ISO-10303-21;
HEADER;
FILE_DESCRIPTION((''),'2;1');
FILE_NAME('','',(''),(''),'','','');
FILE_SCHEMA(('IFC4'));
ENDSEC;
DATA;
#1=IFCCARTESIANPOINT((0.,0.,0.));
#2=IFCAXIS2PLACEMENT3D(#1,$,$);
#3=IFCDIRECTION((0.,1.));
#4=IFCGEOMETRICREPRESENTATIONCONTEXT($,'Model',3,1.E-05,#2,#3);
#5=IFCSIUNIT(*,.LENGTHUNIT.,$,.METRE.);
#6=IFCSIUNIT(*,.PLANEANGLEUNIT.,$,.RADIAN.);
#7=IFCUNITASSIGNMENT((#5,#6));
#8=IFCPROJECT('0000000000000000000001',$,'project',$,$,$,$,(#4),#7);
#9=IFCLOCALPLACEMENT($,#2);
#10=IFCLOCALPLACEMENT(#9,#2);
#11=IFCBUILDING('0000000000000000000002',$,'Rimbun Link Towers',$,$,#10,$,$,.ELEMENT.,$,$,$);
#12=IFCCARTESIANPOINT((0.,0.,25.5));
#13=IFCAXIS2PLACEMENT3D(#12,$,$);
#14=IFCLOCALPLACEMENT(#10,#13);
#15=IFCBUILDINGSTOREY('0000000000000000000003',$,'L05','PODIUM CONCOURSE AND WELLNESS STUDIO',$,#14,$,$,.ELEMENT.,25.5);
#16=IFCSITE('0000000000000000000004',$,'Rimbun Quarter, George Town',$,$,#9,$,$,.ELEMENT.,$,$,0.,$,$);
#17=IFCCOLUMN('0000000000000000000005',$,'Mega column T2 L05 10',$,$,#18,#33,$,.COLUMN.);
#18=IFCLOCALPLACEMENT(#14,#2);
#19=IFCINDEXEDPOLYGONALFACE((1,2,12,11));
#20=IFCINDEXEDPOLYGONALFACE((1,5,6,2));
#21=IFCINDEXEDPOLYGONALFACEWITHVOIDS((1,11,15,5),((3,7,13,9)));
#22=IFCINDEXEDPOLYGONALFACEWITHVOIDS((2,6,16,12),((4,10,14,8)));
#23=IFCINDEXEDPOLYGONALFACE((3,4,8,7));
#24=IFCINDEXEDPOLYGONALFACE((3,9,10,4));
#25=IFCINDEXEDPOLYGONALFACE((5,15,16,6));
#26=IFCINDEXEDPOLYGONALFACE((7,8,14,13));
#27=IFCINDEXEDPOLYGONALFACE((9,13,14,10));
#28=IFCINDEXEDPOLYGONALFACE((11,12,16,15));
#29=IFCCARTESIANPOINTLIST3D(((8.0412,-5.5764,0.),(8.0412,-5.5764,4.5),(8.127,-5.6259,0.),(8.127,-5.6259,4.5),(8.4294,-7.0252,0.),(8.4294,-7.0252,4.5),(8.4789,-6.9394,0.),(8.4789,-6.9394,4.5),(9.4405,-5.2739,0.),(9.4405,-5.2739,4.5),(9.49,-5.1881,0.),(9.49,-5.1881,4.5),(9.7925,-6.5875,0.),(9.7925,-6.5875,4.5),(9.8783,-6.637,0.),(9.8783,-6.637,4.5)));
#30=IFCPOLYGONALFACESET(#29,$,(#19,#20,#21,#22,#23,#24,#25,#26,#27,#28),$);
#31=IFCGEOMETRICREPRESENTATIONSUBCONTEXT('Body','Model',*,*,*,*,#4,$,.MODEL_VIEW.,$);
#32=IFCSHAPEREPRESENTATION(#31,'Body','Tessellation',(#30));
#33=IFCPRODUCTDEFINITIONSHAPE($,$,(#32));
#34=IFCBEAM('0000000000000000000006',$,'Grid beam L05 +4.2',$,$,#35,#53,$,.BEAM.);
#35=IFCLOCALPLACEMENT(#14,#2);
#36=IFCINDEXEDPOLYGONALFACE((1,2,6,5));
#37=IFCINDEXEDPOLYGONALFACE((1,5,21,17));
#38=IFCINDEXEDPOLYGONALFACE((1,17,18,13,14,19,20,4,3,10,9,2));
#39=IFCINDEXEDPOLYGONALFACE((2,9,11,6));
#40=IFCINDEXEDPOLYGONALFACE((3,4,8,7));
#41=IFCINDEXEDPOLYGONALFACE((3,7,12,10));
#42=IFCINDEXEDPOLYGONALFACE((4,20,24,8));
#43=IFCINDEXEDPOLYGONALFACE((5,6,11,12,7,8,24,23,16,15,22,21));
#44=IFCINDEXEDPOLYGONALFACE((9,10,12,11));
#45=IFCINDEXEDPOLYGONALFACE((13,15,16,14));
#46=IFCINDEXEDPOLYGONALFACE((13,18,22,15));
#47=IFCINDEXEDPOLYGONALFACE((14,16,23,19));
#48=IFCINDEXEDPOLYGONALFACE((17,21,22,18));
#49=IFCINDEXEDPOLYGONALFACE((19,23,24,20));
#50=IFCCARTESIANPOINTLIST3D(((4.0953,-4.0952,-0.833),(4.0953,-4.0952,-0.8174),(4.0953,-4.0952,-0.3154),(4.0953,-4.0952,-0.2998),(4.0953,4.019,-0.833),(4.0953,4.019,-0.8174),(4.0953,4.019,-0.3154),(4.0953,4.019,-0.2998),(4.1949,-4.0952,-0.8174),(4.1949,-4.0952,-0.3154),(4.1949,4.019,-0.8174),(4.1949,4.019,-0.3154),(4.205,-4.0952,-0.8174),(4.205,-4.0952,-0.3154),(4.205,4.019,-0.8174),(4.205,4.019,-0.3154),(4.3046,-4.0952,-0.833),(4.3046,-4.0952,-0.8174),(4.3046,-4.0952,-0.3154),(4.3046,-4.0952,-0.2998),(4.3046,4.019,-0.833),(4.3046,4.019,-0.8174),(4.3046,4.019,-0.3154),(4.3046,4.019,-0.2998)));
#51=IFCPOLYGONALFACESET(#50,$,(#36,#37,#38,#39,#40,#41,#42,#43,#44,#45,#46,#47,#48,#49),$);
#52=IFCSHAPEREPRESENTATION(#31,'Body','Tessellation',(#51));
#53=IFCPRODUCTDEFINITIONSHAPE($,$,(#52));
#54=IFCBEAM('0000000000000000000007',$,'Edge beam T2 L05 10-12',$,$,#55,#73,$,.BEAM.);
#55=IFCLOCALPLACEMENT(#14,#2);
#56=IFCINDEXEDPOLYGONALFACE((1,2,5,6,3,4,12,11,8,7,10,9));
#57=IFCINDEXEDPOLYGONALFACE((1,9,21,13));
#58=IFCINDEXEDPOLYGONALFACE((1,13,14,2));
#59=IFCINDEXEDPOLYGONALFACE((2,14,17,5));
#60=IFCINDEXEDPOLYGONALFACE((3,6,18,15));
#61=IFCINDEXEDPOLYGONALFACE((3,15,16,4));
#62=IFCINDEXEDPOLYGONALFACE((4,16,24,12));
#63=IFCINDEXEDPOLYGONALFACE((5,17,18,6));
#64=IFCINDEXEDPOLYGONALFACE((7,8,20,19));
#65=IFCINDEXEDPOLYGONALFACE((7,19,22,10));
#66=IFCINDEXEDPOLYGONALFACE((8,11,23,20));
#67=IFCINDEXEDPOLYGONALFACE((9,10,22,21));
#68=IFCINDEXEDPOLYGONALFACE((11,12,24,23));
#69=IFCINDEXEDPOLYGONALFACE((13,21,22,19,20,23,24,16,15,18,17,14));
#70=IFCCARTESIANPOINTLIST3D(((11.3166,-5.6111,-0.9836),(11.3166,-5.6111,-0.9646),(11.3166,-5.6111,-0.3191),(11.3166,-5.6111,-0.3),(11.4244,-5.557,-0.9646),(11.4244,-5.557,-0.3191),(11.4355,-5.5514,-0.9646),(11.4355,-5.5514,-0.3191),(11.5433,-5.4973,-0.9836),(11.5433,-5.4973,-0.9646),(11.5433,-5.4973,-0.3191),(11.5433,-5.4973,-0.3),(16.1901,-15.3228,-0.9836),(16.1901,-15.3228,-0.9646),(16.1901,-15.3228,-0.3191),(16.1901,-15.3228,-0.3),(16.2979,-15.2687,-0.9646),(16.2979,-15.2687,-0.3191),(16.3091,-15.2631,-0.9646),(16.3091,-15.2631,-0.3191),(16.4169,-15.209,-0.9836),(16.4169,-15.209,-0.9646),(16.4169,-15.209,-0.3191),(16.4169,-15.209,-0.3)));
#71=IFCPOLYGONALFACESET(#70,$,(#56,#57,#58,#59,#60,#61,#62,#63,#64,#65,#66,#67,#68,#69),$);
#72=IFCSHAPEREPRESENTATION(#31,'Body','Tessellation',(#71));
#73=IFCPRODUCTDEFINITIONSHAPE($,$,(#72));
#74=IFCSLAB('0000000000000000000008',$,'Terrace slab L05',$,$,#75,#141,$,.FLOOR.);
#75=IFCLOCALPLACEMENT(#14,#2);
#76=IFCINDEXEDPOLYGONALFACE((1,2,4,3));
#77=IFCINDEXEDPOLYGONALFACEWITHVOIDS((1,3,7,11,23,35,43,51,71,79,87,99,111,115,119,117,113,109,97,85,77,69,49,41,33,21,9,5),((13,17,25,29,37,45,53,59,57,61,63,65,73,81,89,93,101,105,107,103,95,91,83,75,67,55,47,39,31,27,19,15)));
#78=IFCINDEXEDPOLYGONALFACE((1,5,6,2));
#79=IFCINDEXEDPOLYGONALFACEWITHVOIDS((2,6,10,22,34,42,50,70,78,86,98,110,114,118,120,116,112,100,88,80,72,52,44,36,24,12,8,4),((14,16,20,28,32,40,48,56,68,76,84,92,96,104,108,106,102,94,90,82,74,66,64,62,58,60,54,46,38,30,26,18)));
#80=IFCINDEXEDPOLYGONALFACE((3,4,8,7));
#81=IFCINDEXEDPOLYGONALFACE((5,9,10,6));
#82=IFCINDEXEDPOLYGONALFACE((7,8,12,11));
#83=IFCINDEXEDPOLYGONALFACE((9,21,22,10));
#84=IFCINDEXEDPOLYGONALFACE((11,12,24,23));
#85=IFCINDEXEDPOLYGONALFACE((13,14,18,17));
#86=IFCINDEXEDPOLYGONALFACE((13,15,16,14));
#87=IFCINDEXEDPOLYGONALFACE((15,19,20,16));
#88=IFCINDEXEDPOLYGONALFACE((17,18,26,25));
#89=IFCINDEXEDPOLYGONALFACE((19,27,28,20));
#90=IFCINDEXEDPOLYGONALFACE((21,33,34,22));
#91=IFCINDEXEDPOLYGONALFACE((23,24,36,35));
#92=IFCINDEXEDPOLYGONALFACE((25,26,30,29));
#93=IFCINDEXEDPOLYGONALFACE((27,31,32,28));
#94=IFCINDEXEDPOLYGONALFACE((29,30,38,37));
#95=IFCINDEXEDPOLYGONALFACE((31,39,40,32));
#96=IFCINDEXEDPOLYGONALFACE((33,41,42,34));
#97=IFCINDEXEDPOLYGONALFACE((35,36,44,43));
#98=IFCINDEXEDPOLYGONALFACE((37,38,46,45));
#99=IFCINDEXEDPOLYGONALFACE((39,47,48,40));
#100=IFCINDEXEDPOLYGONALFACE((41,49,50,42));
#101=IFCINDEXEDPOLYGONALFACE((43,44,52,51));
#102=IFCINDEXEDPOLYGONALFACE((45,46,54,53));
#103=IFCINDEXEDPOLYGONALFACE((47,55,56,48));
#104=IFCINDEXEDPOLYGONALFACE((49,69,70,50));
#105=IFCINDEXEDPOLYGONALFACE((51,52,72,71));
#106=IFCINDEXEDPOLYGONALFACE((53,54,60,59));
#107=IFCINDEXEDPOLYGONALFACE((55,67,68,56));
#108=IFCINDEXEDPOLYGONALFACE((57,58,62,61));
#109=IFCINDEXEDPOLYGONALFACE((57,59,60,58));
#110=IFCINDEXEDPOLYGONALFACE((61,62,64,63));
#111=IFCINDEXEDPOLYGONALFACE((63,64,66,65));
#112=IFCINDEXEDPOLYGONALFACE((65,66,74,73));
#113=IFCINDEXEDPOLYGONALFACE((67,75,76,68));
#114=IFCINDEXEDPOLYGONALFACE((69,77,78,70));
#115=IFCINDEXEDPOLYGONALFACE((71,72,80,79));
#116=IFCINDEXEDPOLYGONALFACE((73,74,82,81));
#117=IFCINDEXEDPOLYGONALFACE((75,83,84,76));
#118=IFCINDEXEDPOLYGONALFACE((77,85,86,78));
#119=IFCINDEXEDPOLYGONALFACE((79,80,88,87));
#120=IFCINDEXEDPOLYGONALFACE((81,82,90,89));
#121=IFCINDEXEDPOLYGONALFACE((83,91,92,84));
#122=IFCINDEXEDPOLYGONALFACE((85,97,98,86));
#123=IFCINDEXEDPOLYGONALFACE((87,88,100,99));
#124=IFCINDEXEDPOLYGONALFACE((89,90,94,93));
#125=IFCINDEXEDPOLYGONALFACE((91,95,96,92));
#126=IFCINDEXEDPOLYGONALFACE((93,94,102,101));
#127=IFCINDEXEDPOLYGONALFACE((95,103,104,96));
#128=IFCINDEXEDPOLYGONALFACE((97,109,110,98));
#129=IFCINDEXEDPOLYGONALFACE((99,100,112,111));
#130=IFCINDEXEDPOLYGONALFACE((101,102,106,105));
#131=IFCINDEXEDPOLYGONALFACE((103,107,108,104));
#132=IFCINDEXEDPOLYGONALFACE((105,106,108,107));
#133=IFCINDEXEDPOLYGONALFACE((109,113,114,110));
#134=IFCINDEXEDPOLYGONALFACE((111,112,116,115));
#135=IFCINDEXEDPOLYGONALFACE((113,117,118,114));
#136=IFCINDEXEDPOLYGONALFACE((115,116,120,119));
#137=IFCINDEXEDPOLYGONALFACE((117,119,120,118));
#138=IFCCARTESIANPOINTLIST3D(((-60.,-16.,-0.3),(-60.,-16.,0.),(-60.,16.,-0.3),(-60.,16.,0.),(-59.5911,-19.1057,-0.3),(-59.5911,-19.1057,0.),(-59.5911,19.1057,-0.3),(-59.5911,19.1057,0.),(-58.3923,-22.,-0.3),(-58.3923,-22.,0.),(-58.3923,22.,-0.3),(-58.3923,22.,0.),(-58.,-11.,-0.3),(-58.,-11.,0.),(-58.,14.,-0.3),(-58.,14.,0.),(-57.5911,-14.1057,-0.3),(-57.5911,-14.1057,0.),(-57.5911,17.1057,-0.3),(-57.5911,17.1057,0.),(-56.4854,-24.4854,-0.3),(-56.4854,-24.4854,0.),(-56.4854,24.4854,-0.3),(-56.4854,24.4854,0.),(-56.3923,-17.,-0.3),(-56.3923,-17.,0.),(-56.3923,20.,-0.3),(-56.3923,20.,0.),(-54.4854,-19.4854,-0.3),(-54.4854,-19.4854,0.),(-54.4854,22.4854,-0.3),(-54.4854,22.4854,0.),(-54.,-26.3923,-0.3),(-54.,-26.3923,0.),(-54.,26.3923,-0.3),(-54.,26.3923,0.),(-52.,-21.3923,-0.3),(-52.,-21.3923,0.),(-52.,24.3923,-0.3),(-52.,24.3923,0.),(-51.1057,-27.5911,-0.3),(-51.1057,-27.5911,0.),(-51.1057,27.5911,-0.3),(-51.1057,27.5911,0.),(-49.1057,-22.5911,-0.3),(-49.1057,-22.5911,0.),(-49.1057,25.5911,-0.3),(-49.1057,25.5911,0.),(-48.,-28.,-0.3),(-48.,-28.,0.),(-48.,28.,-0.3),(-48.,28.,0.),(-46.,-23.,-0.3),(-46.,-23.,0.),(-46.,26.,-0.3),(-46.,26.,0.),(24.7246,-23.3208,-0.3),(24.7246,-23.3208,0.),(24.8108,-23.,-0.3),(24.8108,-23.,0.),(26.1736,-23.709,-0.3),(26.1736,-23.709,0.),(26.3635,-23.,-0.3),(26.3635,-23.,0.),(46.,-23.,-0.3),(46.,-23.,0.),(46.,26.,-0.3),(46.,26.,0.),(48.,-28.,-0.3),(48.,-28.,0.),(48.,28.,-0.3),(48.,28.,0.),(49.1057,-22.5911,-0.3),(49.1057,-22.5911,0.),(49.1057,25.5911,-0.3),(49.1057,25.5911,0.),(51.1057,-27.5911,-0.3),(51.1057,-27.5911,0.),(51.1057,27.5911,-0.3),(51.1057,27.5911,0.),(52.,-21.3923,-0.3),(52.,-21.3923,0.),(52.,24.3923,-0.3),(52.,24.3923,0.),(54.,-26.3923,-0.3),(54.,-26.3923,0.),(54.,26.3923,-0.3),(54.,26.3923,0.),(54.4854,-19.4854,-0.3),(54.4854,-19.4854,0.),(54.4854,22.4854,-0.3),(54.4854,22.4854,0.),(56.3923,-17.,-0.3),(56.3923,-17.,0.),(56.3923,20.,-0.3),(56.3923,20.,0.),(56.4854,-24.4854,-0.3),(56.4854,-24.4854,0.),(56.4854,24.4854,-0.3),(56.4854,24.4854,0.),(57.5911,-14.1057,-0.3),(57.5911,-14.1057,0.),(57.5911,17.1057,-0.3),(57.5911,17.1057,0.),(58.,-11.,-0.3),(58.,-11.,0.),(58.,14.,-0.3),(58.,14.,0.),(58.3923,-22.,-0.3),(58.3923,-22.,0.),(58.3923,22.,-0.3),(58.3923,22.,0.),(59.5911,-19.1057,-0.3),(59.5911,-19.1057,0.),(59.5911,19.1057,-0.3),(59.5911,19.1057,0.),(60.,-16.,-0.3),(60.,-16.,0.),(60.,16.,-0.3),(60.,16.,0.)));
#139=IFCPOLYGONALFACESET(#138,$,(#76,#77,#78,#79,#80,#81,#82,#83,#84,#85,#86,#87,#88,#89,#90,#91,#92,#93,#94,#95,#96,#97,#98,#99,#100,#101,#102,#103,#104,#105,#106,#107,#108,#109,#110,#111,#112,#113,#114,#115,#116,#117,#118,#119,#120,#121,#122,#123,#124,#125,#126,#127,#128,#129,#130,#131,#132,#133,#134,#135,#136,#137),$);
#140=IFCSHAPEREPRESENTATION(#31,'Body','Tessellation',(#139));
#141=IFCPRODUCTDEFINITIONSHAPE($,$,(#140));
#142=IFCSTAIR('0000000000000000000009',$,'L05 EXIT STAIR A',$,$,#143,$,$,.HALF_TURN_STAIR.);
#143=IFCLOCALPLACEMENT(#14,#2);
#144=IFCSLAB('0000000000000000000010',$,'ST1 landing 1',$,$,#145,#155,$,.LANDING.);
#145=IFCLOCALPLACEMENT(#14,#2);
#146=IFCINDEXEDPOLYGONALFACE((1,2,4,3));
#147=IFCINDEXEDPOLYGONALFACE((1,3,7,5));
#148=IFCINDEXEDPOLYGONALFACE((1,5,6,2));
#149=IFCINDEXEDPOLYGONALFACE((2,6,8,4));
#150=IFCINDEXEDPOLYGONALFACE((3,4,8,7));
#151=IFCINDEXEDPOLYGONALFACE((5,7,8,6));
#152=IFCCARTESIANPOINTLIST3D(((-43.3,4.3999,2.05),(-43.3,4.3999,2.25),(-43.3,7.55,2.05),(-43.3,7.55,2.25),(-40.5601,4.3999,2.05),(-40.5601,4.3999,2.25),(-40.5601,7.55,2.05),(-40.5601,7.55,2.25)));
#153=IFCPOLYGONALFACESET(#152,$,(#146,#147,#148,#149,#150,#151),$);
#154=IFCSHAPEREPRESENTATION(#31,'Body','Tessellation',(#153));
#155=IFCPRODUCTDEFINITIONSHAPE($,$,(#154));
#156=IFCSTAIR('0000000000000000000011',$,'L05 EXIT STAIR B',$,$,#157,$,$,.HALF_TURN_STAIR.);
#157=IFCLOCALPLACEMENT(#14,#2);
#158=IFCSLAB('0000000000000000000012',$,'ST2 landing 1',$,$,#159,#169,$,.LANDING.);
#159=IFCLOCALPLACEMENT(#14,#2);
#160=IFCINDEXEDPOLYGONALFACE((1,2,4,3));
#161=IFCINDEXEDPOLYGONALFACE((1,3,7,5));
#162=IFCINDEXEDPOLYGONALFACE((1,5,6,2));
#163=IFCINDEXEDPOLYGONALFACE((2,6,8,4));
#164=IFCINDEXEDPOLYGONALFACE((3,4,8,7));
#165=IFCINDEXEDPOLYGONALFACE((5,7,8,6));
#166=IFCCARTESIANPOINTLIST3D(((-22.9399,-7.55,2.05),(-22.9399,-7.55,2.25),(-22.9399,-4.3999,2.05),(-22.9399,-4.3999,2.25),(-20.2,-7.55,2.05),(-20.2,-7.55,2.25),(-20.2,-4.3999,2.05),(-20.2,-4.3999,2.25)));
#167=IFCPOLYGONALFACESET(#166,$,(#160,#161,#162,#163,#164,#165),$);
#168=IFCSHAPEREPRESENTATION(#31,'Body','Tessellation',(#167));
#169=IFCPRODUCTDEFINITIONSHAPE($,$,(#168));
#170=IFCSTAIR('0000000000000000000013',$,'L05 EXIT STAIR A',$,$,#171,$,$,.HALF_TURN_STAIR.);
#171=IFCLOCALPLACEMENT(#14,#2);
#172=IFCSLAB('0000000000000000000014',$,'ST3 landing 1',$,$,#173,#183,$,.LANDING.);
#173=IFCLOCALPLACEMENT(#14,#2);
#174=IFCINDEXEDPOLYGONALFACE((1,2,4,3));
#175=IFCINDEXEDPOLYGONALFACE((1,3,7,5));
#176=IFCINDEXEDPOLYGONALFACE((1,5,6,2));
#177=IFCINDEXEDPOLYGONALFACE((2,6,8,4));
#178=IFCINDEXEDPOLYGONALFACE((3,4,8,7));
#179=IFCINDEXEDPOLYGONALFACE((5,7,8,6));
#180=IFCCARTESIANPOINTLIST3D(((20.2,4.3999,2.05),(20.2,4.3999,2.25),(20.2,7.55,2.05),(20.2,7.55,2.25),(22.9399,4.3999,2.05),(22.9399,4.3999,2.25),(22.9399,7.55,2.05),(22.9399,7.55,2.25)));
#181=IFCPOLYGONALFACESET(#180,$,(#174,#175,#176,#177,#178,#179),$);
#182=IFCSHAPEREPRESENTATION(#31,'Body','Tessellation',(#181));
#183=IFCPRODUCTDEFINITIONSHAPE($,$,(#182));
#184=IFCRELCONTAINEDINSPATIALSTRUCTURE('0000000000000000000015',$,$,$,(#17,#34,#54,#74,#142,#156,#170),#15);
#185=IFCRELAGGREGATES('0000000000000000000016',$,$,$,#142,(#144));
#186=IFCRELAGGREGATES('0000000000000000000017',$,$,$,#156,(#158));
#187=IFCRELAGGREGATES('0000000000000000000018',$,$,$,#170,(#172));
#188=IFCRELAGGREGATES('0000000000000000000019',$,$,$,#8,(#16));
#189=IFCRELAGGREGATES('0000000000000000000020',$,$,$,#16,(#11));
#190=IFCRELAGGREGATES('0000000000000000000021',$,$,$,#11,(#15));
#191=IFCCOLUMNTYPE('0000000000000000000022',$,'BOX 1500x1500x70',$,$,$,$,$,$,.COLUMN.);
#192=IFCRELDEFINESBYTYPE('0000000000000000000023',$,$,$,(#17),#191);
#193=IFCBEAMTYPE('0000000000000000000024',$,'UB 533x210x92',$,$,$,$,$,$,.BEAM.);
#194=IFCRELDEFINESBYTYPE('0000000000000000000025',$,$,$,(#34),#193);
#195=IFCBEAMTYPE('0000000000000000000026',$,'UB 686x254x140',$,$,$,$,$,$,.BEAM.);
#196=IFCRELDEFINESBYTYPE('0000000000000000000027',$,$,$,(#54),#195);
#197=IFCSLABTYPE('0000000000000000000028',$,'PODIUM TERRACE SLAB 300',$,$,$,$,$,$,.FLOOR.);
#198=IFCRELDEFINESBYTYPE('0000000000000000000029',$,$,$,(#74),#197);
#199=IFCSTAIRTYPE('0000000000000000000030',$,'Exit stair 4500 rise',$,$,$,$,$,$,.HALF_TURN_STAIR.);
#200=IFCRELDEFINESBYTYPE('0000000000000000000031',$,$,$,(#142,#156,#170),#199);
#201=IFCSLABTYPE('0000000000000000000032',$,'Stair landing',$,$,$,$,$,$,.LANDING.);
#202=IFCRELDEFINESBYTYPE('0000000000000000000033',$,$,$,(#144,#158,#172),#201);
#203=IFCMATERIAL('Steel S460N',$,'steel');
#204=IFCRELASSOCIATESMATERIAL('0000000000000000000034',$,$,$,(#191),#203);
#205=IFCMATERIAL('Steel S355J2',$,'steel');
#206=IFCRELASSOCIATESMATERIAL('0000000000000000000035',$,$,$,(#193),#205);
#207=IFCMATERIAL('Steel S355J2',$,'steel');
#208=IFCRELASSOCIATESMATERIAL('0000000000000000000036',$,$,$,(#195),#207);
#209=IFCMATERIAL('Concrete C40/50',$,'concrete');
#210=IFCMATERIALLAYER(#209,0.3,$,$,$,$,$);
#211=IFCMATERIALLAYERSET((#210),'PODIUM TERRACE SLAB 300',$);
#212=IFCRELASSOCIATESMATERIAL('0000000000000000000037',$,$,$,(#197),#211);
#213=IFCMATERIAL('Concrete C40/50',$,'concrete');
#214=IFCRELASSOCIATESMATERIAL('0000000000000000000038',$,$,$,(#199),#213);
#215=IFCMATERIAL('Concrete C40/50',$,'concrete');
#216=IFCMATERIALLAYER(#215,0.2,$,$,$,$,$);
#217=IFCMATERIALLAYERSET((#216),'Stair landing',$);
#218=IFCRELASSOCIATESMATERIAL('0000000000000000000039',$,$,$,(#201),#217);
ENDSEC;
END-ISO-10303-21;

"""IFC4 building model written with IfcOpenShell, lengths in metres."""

from ifc_helpers import new_model, si_unit, direction, frame, origin, origin_2d, place, context, subcontext, project, spatial, polyline, hollow_rectangle, i_section, outline, extrude, material, layer, layer_set, material_profile, profile_set, type_object, element, aggregate, save


model = new_model("IFC4")

# Units and contexts
model_context = context("Model", 3, precision=1e-05, world=origin(), true_north=direction((0.0, 1.0)))
body_context = subcontext(model_context, "Body", "Model", "MODEL_VIEW")
ifc_project = project(units=[si_unit("LENGTHUNIT", "METRE"), si_unit("PLANEANGLEUNIT", "RADIAN")], contexts=[model_context])

# Site, building, storey
site_placement = place(None, origin())
site = spatial("IfcSite", under=ifc_project, at=site_placement, Name="Rimbun Quarter, George Town", CompositionType="ELEMENT", RefElevation=0.0)
building_placement = place(site_placement, origin())
building = spatial("IfcBuilding", under=site, at=building_placement, Name="Rimbun Link Towers", CompositionType="ELEMENT")
storey_placement = place(building_placement, frame((0.0, 0.0, 25.5)))
storey = spatial("IfcBuildingStorey", under=building, at=storey_placement, Name="L05", Description="PODIUM CONCOURSE AND WELLNESS STUDIO", CompositionType="ELEMENT", Elevation=25.5)

# Column
ifc_material_1 = material(Name="Steel S460N", Category="steel")
ifc_material_profile_1 = material_profile(ifc_material_1, hollow_rectangle(XDim=1.5, YDim=1.5, WallThickness=0.0701, at=origin_2d()), Name="BOX 1500x1500x70")
ifc_profile_set_1 = profile_set([ifc_material_profile_1], Name="Steel S460N")
column_type = type_object("IfcColumnType", Name="BOX 1500x1500x70", PredefinedType="COLUMN", material=ifc_profile_set_1)
column_placement = place(storey_placement, frame((8.9597, -6.1067, 0.0), z_axis=(0.0, 0.0, 1.0), x_axis=(-0.965926, -0.258819, 0.0)))
element("IfcColumn", 1, at=column_placement, inside=storey, type_object=column_type, Name="Mega column T2 L05 10", PredefinedType="COLUMN", context=body_context, shape_type="SweptSolid", body=[
    extrude(hollow_rectangle(XDim=1.5, YDim=1.5, WallThickness=0.0701, at=origin_2d()), origin(), (0.0, 0.0, 1.0), 4.5),
])

# Beams
ifc_material_2 = material(Name="Steel S355J2", Category="steel")
ifc_material_profile_2 = material_profile(ifc_material_2, i_section(OverallWidth=0.2092, OverallDepth=0.5332, WebThickness=0.01, FlangeThickness=0.0156, at=origin_2d()), Name="UB 533x210x92")
ifc_profile_set_2 = profile_set([ifc_material_profile_2], Name="Steel S355J2")
beam_type_1 = type_object("IfcBeamType", Name="UB 533x210x92", PredefinedType="BEAM", material=ifc_profile_set_2)
beam_1_placement = place(storey_placement, frame((4.2, -4.0952, -0.5664), z_axis=(0.0, 1.0, 0.0), x_axis=(-1.0, 0.0, 0.0)))
element("IfcBeam", 2, at=beam_1_placement, inside=storey, type_object=beam_type_1, Name="Grid beam L05 +4.2", PredefinedType="BEAM", context=body_context, shape_type="SweptSolid", body=[
    extrude(i_section(OverallWidth=0.2092, OverallDepth=0.5332, WebThickness=0.01, FlangeThickness=0.0156, at=origin_2d()), origin(), (0.0, 0.0, 1.0), 8.1143),
])
ifc_material_3 = material(Name="Steel S355J2", Category="steel")
ifc_material_profile_3 = material_profile(ifc_material_3, i_section(OverallWidth=0.2537, OverallDepth=0.6836, WebThickness=0.0125, FlangeThickness=0.019, at=origin_2d()), Name="UB 686x254x140")
ifc_profile_set_3 = profile_set([ifc_material_profile_3], Name="Steel S355J2")
beam_type_2 = type_object("IfcBeamType", Name="UB 686x254x140", PredefinedType="BEAM", material=ifc_profile_set_3)
beam_2_placement = place(storey_placement, frame((11.4299, -5.5542, -0.6418), z_axis=(0.448516, -0.893775, 0.0), x_axis=(0.893775, 0.448516, 0.0)))
element("IfcBeam", 3, at=beam_2_placement, inside=storey, type_object=beam_type_2, Name="Edge beam T2 L05 10-12", PredefinedType="BEAM", context=body_context, shape_type="SweptSolid", body=[
    extrude(i_section(OverallWidth=0.2537, OverallDepth=0.6836, WebThickness=0.0125, FlangeThickness=0.019, at=origin_2d()), origin(), (0.0, 0.0, 1.0), 10.866),
])

# Slab
ifc_material_4 = material(Name="Concrete C40/50", Category="concrete")
ifc_layer_1 = layer(ifc_material_4, 0.3)
ifc_layer_set_1 = layer_set([ifc_layer_1], Name="PODIUM TERRACE SLAB 300")
slab_type_1 = type_object("IfcSlabType", Name="PODIUM TERRACE SLAB 300", PredefinedType="FLOOR", material=ifc_layer_set_1)
slab_1_placement = place(storey_placement, frame((0.0, 0.0, -0.3)))
element("IfcSlab", 4, at=slab_1_placement, inside=storey, type_object=slab_type_1, Name="Terrace slab L05", PredefinedType="FLOOR", context=body_context, shape_type="SweptSolid", body=[
    extrude(outline(polyline([(-51.1057, -27.5911), (-54.0, -26.3923), (-56.4854, -24.4854), (-58.3923, -22.0), (-59.5911, -19.1057), (-60.0, -16.0), (-60.0, 16.0), (-59.5911, 19.1057), (-58.3923, 22.0), (-56.4854, 24.4854), (-54.0, 26.3923), (-51.1057, 27.5911), (-48.0, 28.0), (48.0, 28.0), (51.1057, 27.5911), (54.0, 26.3923), (56.4854, 24.4854), (58.3923, 22.0), (59.5911, 19.1057), (60.0, 16.0), (60.0, -16.0), (59.5911, -19.1057), (58.3923, -22.0), (56.4854, -24.4854), (54.0, -26.3923), (51.1057, -27.5911), (48.0, -28.0), (-48.0, -28.0), (-51.1057, -27.5911)]), holes=[polyline([(-52.0, -21.3923), (-49.1057, -22.5911), (-46.0, -23.0), (24.8108, -23.0), (24.7246, -23.3208), (26.1736, -23.709), (26.3635, -23.0), (46.0, -23.0), (49.1057, -22.5911), (52.0, -21.3923), (54.4854, -19.4854), (56.3923, -17.0), (57.5911, -14.1057), (58.0, -11.0), (58.0, 14.0), (57.5911, 17.1057), (56.3923, 20.0), (54.4854, 22.4854), (52.0, 24.3923), (49.1057, 25.5911), (46.0, 26.0), (-46.0, 26.0), (-49.1057, 25.5911), (-52.0, 24.3923), (-54.4854, 22.4854), (-56.3923, 20.0), (-57.5911, 17.1057), (-58.0, 14.0), (-58.0, -11.0), (-57.5911, -14.1057), (-56.3923, -17.0), (-54.4854, -19.4854), (-52.0, -21.3923)])]), origin(), (0.0, 0.0, 1.0), 0.3),
])

# Stairs, slabs
ifc_material_5 = material(Name="Concrete C40/50", Category="concrete")
stair_type_1 = type_object("IfcStairType", Name="Exit stair 4500 rise", PredefinedType="HALF_TURN_STAIR", material=ifc_material_5)
stair_1_placement = place(storey_placement, origin())
stair_1 = element("IfcStair", 5, at=stair_1_placement, inside=storey, type_object=stair_type_1, Name="L05 EXIT STAIR A", PredefinedType="HALF_TURN_STAIR")
ifc_material_6 = material(Name="Concrete C40/50", Category="concrete")
ifc_layer_2 = layer(ifc_material_6, 0.2)
ifc_layer_set_2 = layer_set([ifc_layer_2], Name="Stair landing")
slab_type_2 = type_object("IfcSlabType", Name="Stair landing", PredefinedType="LANDING", material=ifc_layer_set_2)
slab_2_placement = place(storey_placement, frame((0.0, 0.0, 2.05)))
slab_2 = element("IfcSlab", 6, at=slab_2_placement, type_object=slab_type_2, Name="ST1 landing 1", PredefinedType="LANDING", context=body_context, shape_type="SweptSolid", body=[
    extrude(outline(polyline([(-40.5601, 7.55), (-43.3, 7.55), (-43.3, 4.3999), (-40.5601, 4.3999), (-40.5601, 7.55)])), origin(), (0.0, 0.0, 1.0), 0.2),
])
aggregate(stair_1, [slab_2])
stair_2_placement = place(storey_placement, origin())
stair_2 = element("IfcStair", 7, at=stair_2_placement, inside=storey, type_object=stair_type_1, Name="L05 EXIT STAIR B", PredefinedType="HALF_TURN_STAIR")
slab_3_placement = place(storey_placement, frame((0.0, 0.0, 2.05)))
slab_3 = element("IfcSlab", 8, at=slab_3_placement, type_object=slab_type_2, Name="ST2 landing 1", PredefinedType="LANDING", context=body_context, shape_type="SweptSolid", body=[
    extrude(outline(polyline([(-22.9399, -7.55), (-20.2, -7.55), (-20.2, -4.3999), (-22.9399, -4.3999), (-22.9399, -7.55)])), origin(), (0.0, 0.0, 1.0), 0.2),
])
aggregate(stair_2, [slab_3])
stair_3_placement = place(storey_placement, origin())
stair_3 = element("IfcStair", 9, at=stair_3_placement, inside=storey, type_object=stair_type_1, Name="L05 EXIT STAIR A", PredefinedType="HALF_TURN_STAIR")
slab_4_placement = place(storey_placement, frame((0.0, 0.0, 2.05)))
slab_4 = element("IfcSlab", 10, at=slab_4_placement, type_object=slab_type_2, Name="ST3 landing 1", PredefinedType="LANDING", context=body_context, shape_type="SweptSolid", body=[
    extrude(outline(polyline([(22.9399, 7.55), (20.2, 7.55), (20.2, 4.3999), (22.9399, 4.3999), (22.9399, 7.55)])), origin(), (0.0, 0.0, 1.0), 0.2),
])
aggregate(stair_3, [slab_4])

save(model, "model.ifc")
